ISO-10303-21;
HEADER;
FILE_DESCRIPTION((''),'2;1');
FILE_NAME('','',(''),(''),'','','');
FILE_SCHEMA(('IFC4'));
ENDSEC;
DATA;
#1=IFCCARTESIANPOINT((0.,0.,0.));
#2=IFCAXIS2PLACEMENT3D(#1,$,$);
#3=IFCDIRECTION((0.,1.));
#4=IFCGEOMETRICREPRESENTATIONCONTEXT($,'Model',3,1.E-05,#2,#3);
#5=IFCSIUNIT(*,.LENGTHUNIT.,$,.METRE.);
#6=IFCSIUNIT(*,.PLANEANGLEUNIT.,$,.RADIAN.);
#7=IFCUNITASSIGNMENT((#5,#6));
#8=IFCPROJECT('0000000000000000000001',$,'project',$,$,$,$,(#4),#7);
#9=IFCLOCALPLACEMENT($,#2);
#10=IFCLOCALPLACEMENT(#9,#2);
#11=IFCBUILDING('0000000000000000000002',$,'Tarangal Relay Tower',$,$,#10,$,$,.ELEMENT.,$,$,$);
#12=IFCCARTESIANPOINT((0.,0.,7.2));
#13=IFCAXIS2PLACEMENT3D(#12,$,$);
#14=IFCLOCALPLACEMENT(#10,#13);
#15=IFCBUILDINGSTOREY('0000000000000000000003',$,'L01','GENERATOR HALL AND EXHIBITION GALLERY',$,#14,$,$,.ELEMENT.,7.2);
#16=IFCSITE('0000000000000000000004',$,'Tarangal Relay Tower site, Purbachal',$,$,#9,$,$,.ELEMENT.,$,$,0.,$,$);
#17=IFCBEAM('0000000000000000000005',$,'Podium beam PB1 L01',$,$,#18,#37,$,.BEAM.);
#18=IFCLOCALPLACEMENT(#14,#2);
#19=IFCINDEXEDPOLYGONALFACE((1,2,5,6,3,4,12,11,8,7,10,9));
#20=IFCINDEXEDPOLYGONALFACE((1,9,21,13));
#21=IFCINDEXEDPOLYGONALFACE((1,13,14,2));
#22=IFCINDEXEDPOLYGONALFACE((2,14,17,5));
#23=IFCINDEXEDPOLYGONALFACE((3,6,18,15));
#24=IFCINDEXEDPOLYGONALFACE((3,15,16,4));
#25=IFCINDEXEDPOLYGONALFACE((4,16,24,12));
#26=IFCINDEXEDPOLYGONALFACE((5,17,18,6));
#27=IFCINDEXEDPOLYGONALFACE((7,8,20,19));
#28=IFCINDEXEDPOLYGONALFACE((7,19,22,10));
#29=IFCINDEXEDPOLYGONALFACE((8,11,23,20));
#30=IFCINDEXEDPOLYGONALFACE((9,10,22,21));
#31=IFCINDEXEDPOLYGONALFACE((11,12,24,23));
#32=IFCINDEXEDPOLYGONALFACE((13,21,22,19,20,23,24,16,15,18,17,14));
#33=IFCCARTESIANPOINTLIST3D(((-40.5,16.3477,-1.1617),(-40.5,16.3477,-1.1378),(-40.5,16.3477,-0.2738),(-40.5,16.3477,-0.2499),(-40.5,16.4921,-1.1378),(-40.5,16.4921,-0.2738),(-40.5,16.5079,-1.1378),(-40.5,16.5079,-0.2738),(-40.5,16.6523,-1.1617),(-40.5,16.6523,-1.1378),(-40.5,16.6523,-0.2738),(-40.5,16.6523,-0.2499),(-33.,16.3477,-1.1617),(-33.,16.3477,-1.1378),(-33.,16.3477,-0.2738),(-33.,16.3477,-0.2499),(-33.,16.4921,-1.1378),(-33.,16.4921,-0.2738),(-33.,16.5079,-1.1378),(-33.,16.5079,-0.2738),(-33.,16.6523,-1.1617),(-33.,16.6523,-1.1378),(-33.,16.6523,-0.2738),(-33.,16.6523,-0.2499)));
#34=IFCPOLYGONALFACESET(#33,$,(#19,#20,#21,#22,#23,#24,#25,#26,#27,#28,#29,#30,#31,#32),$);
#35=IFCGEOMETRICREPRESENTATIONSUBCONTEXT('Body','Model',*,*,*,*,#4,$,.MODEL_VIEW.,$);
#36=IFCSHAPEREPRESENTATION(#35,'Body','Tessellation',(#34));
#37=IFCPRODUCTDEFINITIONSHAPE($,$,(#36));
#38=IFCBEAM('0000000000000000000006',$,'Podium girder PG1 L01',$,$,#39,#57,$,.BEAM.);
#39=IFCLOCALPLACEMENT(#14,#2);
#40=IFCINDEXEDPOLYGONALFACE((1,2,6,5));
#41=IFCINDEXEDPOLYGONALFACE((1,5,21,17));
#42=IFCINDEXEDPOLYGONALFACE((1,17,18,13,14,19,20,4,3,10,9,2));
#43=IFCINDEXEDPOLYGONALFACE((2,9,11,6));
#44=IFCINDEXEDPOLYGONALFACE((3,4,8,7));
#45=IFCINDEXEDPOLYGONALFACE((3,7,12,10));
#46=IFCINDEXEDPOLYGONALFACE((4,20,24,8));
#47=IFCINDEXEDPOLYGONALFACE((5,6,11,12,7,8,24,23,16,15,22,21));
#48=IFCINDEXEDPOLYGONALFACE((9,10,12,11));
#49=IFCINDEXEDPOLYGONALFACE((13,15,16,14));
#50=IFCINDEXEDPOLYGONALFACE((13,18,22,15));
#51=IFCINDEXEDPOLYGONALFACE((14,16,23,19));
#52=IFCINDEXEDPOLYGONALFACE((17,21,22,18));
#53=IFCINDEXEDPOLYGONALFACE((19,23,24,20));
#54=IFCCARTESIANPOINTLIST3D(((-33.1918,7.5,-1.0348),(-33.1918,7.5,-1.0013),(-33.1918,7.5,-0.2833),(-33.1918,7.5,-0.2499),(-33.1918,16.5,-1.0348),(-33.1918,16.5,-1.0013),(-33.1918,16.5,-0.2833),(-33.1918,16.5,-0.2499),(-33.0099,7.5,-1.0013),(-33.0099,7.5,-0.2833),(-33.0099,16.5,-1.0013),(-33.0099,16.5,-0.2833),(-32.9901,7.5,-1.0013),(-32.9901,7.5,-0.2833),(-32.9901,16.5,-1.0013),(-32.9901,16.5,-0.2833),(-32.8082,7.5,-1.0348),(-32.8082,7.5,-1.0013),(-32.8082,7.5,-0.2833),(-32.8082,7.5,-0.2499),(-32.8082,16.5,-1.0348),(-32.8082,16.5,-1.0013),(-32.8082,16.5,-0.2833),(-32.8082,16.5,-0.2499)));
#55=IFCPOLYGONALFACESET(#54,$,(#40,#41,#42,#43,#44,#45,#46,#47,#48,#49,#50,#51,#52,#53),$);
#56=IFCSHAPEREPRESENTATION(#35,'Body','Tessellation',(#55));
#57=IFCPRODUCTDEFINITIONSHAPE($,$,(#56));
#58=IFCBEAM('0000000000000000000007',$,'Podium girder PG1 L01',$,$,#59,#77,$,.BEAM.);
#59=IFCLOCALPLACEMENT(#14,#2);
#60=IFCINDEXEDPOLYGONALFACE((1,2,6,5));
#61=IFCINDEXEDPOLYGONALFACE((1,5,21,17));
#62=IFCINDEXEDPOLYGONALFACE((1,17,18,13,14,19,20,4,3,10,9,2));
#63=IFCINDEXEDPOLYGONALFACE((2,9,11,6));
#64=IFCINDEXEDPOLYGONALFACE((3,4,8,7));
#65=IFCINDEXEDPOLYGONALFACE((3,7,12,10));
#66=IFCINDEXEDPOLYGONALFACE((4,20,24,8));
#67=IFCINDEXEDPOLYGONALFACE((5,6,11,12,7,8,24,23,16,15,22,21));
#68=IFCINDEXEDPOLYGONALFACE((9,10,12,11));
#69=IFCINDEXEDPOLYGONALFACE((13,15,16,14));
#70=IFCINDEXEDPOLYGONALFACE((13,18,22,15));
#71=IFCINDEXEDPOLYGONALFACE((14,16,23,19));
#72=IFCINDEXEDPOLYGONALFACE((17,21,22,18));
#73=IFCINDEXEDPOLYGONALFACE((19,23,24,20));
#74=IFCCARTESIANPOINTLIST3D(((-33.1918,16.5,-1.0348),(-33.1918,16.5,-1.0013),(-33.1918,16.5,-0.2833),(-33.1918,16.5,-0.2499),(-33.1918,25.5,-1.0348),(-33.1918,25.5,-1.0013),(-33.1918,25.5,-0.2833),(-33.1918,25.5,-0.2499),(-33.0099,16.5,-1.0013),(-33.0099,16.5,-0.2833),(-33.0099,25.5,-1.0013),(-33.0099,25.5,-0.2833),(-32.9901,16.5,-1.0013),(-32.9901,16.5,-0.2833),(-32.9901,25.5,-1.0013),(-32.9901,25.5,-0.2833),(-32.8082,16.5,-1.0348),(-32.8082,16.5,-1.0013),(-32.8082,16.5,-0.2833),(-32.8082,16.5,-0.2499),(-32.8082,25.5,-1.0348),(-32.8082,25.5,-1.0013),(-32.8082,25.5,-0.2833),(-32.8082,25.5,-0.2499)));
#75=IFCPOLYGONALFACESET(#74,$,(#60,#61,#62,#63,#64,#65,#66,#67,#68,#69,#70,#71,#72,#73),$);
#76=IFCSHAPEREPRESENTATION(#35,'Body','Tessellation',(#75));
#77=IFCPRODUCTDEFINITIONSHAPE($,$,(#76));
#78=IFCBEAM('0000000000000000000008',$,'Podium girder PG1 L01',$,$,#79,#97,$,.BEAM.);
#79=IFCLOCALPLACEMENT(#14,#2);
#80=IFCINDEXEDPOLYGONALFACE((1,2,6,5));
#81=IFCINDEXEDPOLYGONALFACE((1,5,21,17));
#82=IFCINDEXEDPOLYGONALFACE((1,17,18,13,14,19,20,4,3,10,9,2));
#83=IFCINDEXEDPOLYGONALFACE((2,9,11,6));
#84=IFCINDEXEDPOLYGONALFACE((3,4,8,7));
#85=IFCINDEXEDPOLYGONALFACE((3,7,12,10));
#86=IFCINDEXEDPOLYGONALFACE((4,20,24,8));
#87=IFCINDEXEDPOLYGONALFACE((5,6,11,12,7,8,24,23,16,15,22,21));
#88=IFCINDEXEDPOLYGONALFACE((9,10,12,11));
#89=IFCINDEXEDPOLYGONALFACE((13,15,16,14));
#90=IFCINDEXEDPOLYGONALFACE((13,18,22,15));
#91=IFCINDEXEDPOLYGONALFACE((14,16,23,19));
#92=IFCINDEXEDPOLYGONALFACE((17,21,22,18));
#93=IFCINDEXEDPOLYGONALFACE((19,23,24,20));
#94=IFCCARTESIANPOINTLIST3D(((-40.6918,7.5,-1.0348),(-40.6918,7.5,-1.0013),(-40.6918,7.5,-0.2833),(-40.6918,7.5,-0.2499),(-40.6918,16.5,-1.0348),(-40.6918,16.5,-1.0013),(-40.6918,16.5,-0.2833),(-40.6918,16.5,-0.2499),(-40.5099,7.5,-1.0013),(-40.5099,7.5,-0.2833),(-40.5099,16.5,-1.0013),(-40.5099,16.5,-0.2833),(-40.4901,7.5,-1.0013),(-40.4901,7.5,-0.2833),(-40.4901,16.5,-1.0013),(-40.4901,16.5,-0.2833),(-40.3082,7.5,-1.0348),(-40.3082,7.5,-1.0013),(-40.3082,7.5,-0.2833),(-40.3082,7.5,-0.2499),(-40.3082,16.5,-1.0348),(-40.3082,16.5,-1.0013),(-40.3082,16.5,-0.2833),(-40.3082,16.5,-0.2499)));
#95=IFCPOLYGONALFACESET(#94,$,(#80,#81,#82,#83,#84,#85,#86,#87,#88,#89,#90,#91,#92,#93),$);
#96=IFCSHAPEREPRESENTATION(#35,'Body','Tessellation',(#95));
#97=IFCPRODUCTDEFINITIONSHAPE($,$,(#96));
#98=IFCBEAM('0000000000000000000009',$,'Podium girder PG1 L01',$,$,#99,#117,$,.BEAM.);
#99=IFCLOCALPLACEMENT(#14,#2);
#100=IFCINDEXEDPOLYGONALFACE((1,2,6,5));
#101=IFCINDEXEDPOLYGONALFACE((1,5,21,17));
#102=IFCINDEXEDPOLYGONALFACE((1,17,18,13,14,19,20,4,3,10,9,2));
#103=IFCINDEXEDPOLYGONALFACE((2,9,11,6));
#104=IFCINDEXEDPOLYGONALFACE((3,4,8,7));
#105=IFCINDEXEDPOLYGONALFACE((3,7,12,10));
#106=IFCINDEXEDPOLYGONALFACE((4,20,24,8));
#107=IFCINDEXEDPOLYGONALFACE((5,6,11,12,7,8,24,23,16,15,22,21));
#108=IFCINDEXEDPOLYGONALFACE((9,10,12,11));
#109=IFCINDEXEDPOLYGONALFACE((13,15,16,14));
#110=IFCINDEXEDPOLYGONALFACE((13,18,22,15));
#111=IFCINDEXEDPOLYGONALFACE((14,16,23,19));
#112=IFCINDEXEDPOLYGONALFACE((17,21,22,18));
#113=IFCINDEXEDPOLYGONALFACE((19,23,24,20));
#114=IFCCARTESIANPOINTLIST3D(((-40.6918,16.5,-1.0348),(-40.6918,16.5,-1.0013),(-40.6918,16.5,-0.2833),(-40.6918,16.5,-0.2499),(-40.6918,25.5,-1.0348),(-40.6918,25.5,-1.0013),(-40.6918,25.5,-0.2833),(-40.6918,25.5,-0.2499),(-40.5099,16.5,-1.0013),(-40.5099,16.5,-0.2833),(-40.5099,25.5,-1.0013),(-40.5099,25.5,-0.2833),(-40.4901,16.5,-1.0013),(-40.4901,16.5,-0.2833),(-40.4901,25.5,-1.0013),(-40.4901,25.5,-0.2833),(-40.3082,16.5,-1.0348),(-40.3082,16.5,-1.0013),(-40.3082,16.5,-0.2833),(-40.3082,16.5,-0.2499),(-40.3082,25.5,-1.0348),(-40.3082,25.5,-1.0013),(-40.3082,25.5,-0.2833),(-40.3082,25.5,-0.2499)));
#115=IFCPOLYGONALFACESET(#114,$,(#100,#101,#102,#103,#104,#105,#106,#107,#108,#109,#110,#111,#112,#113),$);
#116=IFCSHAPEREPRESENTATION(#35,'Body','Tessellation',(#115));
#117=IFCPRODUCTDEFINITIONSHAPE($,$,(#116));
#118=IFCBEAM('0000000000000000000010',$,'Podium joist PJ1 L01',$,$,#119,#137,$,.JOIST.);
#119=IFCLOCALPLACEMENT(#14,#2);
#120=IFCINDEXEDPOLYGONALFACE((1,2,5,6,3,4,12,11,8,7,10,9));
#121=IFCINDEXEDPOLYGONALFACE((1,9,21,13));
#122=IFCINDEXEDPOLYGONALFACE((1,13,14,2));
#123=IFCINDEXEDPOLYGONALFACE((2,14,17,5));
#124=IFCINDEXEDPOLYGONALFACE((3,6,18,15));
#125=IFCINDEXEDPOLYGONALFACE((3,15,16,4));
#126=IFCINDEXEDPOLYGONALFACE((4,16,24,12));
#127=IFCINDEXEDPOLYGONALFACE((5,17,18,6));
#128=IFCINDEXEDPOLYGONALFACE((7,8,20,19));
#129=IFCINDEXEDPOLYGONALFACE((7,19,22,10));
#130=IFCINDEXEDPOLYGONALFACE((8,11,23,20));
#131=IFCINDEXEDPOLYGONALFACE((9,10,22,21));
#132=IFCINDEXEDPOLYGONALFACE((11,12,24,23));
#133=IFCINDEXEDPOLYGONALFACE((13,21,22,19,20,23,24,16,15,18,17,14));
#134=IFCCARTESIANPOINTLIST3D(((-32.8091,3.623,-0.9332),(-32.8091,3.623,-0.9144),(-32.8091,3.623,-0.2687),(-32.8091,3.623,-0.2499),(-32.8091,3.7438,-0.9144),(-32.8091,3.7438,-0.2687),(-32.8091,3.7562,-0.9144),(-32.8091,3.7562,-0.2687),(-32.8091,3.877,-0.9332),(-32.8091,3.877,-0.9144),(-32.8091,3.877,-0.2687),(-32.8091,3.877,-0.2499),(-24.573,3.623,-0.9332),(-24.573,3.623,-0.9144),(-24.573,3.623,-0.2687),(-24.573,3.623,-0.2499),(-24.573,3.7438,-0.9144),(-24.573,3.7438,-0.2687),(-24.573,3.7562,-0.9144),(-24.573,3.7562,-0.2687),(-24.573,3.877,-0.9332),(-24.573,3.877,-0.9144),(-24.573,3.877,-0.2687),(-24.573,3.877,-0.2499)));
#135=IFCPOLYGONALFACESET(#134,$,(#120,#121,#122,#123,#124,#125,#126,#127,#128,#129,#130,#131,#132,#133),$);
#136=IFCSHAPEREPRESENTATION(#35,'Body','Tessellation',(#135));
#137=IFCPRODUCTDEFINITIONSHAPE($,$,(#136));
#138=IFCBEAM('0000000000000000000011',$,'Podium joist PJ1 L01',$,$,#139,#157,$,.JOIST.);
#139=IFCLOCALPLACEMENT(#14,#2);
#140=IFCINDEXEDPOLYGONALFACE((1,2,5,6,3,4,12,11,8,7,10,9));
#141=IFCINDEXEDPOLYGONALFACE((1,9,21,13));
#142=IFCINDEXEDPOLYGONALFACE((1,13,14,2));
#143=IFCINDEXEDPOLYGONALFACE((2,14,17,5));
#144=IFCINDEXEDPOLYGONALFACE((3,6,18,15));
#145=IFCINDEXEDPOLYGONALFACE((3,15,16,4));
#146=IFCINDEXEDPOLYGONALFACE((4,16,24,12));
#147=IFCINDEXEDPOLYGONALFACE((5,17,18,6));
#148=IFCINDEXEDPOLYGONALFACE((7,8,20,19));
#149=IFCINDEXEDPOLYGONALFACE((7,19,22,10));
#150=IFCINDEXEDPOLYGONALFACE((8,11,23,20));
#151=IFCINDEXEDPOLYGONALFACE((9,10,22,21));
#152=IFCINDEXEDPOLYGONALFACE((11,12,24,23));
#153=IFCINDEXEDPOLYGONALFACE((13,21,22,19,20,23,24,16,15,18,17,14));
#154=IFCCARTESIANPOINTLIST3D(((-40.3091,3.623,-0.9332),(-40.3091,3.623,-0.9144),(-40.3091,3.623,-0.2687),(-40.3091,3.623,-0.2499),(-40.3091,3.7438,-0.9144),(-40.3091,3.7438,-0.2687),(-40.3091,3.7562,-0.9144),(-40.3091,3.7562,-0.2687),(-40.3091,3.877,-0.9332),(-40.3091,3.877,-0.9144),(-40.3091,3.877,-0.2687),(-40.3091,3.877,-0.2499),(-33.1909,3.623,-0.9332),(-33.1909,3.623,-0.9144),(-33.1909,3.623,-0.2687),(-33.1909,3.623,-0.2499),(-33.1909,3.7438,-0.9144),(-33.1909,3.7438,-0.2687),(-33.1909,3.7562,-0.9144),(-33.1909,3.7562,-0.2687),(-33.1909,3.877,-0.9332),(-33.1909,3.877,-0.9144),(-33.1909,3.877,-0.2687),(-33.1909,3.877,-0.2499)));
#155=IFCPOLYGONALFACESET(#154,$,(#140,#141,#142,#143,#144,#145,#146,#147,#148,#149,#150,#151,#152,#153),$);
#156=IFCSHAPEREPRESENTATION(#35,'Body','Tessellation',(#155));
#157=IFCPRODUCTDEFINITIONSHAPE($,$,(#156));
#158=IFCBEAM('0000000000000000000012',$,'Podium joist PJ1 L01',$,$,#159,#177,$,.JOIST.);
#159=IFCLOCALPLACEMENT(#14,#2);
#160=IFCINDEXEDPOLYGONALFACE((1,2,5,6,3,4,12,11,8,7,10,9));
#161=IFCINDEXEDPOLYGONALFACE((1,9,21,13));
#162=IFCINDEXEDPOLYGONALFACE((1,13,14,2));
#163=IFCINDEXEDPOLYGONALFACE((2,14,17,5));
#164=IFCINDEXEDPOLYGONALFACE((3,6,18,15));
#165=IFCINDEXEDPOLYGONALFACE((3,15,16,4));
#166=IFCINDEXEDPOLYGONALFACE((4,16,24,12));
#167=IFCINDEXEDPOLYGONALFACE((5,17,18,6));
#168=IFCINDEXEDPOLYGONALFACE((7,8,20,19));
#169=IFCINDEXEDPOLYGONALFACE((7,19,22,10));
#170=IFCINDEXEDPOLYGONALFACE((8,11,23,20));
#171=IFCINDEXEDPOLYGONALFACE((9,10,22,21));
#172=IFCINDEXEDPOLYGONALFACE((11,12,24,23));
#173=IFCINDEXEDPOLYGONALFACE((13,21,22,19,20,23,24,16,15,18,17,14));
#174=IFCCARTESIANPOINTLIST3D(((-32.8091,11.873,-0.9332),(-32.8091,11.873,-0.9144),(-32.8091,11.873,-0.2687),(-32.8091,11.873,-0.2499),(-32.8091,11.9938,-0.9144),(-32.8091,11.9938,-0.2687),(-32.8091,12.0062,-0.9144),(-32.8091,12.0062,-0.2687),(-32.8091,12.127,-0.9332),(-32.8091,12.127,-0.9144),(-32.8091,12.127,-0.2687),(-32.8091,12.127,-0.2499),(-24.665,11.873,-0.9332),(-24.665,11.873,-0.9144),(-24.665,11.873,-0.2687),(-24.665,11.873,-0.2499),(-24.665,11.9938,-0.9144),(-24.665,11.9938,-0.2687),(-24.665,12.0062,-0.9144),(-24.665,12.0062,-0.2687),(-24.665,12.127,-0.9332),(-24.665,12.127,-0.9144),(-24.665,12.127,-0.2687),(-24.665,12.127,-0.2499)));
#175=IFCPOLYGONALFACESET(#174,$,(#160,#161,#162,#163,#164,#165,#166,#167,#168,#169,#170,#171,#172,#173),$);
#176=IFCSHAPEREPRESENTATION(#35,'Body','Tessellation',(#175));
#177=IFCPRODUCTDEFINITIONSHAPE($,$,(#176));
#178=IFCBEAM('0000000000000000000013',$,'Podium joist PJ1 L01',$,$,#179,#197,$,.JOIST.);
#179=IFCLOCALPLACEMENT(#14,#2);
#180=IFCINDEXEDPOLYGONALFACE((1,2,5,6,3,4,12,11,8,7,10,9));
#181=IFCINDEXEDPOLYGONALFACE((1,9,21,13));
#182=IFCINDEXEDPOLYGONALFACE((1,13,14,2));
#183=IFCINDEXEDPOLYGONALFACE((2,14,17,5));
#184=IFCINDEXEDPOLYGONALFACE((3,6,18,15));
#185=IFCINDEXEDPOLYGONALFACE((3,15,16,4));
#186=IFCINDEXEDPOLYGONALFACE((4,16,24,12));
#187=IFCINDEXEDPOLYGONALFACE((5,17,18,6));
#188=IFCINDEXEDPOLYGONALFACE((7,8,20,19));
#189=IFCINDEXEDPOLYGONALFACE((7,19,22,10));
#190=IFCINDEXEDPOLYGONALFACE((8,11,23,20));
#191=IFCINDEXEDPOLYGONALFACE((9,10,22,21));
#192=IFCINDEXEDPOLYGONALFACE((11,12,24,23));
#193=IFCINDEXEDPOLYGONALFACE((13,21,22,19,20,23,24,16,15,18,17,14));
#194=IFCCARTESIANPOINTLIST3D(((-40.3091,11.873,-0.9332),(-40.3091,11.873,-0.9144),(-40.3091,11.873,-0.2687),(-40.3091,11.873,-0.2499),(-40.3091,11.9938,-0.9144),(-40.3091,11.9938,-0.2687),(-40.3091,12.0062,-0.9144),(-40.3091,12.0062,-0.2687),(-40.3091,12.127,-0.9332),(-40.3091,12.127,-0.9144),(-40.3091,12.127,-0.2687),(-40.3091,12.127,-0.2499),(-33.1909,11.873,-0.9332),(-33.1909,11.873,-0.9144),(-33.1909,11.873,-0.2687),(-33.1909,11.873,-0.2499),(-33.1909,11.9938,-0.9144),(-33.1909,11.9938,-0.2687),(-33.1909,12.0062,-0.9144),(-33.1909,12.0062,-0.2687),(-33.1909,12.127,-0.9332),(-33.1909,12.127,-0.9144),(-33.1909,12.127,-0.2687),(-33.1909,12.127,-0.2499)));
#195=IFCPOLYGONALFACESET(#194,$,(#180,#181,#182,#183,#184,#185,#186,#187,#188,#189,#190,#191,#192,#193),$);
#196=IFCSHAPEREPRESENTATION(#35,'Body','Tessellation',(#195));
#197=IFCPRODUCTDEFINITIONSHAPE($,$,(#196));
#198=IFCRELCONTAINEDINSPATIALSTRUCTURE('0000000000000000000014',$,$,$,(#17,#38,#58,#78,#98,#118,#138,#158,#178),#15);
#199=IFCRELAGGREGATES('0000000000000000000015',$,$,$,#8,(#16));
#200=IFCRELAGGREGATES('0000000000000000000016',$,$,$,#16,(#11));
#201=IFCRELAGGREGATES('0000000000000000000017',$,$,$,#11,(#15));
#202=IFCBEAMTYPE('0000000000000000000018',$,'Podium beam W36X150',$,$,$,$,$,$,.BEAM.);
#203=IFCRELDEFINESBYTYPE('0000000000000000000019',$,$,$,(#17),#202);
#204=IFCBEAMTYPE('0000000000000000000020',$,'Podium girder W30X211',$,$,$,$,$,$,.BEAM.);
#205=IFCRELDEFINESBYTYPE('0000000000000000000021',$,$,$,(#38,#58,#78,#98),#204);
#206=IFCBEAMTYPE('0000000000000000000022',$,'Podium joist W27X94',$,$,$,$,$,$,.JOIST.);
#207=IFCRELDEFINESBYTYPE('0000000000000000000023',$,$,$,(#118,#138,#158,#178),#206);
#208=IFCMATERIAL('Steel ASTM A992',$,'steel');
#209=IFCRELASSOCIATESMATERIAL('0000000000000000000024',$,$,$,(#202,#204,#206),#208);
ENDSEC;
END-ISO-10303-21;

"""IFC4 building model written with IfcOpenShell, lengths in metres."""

from ifc_helpers import new_model, si_unit, direction, frame, origin, origin_2d, place, context, subcontext, project, spatial, i_section, extrude, material, material_profile, profile_set, type_object, element, save


model = new_model("IFC4")

# Units and contexts
model_context = context("Model", 3, precision=1e-05, world=origin(), true_north=direction((0.0, 1.0)))
body_context = subcontext(model_context, "Body", "Model", "MODEL_VIEW")
ifc_project = project(units=[si_unit("LENGTHUNIT", "METRE"), si_unit("PLANEANGLEUNIT", "RADIAN")], contexts=[model_context])

# Site, building, storey
site_placement = place(None, origin())
site = spatial("IfcSite", under=ifc_project, at=site_placement, Name="Tarangal Relay Tower site, Purbachal", CompositionType="ELEMENT", RefElevation=0.0)
building_placement = place(site_placement, origin())
building = spatial("IfcBuilding", under=site, at=building_placement, Name="Tarangal Relay Tower", CompositionType="ELEMENT")
storey_placement = place(building_placement, frame((0.0, 0.0, 7.2)))
storey = spatial("IfcBuildingStorey", under=building, at=storey_placement, Name="L01", Description="GENERATOR HALL AND EXHIBITION GALLERY", CompositionType="ELEMENT", Elevation=7.2)

# Shared definitions
ifc_material_1 = material(Name="Steel ASTM A992", Category="steel")

# Beams
ifc_material_profile_1 = material_profile(ifc_material_1, i_section(OverallWidth=0.3047, OverallDepth=0.9119, WebThickness=0.0159, FlangeThickness=0.0239, at=origin_2d()), Name="W36X150")
ifc_profile_set_1 = profile_set([ifc_material_profile_1], Name="Steel ASTM A992")
beam_type_1 = type_object("IfcBeamType", Name="Podium beam W36X150", PredefinedType="BEAM", material=ifc_profile_set_1)
for number, where, z_axis, x_axis, name in (
    (1, (-33.0, 16.5, -0.7058), (-1.0, 0.0, 0.0), (0.0, -1.0, 0.0), "Podium beam PB1 L01"),
):
    element("IfcBeam", number, at=place(storey_placement, frame(where, z_axis=z_axis, x_axis=x_axis)), inside=storey, type_object=beam_type_1, Name=name, PredefinedType="BEAM", context=body_context, shape_type="SweptSolid", body=[
        extrude(i_section(OverallWidth=0.3047, OverallDepth=0.9119, WebThickness=0.0159, FlangeThickness=0.0239, at=origin_2d()), origin(), (0.0, 0.0, 1.0), 7.5),
    ])
ifc_material_profile_2 = material_profile(ifc_material_1, i_section(OverallWidth=0.3835, OverallDepth=0.7849, WebThickness=0.0198, FlangeThickness=0.0334, at=origin_2d()), Name="W30X211")
ifc_profile_set_2 = profile_set([ifc_material_profile_2], Name="Steel ASTM A992")
beam_type_2 = type_object("IfcBeamType", Name="Podium girder W30X211", PredefinedType="BEAM", material=ifc_profile_set_2)
for number, where, z_axis, x_axis, name in (
    (2, (-33.0, 7.5, -0.6423), (0.0, 1.0, 0.0), (-1.0, 0.0, 0.0), "Podium girder PG1 L01"),
    (3, (-33.0, 16.5, -0.6423), (0.0, 1.0, 0.0), (-1.0, 0.0, 0.0), "Podium girder PG1 L01"),
    (4, (-40.5, 7.5, -0.6423), (0.0, 1.0, 0.0), (-1.0, 0.0, 0.0), "Podium girder PG1 L01"),
    (5, (-40.5, 16.5, -0.6423), (0.0, 1.0, 0.0), (-1.0, 0.0, 0.0), "Podium girder PG1 L01"),
):
    element("IfcBeam", number, at=place(storey_placement, frame(where, z_axis=z_axis, x_axis=x_axis)), inside=storey, type_object=beam_type_2, Name=name, PredefinedType="BEAM", context=body_context, shape_type="SweptSolid", body=[
        extrude(i_section(OverallWidth=0.3835, OverallDepth=0.7849, WebThickness=0.0198, FlangeThickness=0.0334, at=origin_2d()), origin(), (0.0, 0.0, 1.0), 9.0),
    ])
ifc_material_profile_3 = material_profile(ifc_material_1, i_section(OverallWidth=0.2539, OverallDepth=0.6833, WebThickness=0.0125, FlangeThickness=0.0188, at=origin_2d()), Name="W27X94")
ifc_profile_set_3 = profile_set([ifc_material_profile_3], Name="Steel ASTM A992")
beam_type_3 = type_object("IfcBeamType", Name="Podium joist W27X94", PredefinedType="JOIST", material=ifc_profile_set_3)
beam_1_placement = place(storey_placement, frame((-24.573, 3.75, -0.5916), z_axis=(-1.0, 0.0, 0.0), x_axis=(0.0, -1.0, 0.0)))
element("IfcBeam", 6, at=beam_1_placement, inside=storey, type_object=beam_type_3, Name="Podium joist PJ1 L01", PredefinedType="JOIST", context=body_context, shape_type="SweptSolid", body=[
    extrude(i_section(OverallWidth=0.2539, OverallDepth=0.6833, WebThickness=0.0125, FlangeThickness=0.0188, at=origin_2d()), origin(), (0.0, 0.0, 1.0), 8.2361),
])
beam_2_placement = place(storey_placement, frame((-33.1909, 3.75, -0.5916), z_axis=(-1.0, 0.0, 0.0), x_axis=(0.0, -1.0, 0.0)))
element("IfcBeam", 7, at=beam_2_placement, inside=storey, type_object=beam_type_3, Name="Podium joist PJ1 L01", PredefinedType="JOIST", context=body_context, shape_type="SweptSolid", body=[
    extrude(i_section(OverallWidth=0.2539, OverallDepth=0.6833, WebThickness=0.0125, FlangeThickness=0.0188, at=origin_2d()), origin(), (0.0, 0.0, 1.0), 7.1182),
])
beam_3_placement = place(storey_placement, frame((-24.665, 12.0, -0.5916), z_axis=(-1.0, 0.0, 0.0), x_axis=(0.0, -1.0, 0.0)))
element("IfcBeam", 8, at=beam_3_placement, inside=storey, type_object=beam_type_3, Name="Podium joist PJ1 L01", PredefinedType="JOIST", context=body_context, shape_type="SweptSolid", body=[
    extrude(i_section(OverallWidth=0.2539, OverallDepth=0.6833, WebThickness=0.0125, FlangeThickness=0.0188, at=origin_2d()), origin(), (0.0, 0.0, 1.0), 8.144),
])
beam_4_placement = place(storey_placement, frame((-33.1909, 12.0, -0.5916), z_axis=(-1.0, 0.0, 0.0), x_axis=(0.0, -1.0, 0.0)))
element("IfcBeam", 9, at=beam_4_placement, inside=storey, type_object=beam_type_3, Name="Podium joist PJ1 L01", PredefinedType="JOIST", context=body_context, shape_type="SweptSolid", body=[
    extrude(i_section(OverallWidth=0.2539, OverallDepth=0.6833, WebThickness=0.0125, FlangeThickness=0.0188, at=origin_2d()), origin(), (0.0, 0.0, 1.0), 7.1182),
])

save(model, "model.ifc")
